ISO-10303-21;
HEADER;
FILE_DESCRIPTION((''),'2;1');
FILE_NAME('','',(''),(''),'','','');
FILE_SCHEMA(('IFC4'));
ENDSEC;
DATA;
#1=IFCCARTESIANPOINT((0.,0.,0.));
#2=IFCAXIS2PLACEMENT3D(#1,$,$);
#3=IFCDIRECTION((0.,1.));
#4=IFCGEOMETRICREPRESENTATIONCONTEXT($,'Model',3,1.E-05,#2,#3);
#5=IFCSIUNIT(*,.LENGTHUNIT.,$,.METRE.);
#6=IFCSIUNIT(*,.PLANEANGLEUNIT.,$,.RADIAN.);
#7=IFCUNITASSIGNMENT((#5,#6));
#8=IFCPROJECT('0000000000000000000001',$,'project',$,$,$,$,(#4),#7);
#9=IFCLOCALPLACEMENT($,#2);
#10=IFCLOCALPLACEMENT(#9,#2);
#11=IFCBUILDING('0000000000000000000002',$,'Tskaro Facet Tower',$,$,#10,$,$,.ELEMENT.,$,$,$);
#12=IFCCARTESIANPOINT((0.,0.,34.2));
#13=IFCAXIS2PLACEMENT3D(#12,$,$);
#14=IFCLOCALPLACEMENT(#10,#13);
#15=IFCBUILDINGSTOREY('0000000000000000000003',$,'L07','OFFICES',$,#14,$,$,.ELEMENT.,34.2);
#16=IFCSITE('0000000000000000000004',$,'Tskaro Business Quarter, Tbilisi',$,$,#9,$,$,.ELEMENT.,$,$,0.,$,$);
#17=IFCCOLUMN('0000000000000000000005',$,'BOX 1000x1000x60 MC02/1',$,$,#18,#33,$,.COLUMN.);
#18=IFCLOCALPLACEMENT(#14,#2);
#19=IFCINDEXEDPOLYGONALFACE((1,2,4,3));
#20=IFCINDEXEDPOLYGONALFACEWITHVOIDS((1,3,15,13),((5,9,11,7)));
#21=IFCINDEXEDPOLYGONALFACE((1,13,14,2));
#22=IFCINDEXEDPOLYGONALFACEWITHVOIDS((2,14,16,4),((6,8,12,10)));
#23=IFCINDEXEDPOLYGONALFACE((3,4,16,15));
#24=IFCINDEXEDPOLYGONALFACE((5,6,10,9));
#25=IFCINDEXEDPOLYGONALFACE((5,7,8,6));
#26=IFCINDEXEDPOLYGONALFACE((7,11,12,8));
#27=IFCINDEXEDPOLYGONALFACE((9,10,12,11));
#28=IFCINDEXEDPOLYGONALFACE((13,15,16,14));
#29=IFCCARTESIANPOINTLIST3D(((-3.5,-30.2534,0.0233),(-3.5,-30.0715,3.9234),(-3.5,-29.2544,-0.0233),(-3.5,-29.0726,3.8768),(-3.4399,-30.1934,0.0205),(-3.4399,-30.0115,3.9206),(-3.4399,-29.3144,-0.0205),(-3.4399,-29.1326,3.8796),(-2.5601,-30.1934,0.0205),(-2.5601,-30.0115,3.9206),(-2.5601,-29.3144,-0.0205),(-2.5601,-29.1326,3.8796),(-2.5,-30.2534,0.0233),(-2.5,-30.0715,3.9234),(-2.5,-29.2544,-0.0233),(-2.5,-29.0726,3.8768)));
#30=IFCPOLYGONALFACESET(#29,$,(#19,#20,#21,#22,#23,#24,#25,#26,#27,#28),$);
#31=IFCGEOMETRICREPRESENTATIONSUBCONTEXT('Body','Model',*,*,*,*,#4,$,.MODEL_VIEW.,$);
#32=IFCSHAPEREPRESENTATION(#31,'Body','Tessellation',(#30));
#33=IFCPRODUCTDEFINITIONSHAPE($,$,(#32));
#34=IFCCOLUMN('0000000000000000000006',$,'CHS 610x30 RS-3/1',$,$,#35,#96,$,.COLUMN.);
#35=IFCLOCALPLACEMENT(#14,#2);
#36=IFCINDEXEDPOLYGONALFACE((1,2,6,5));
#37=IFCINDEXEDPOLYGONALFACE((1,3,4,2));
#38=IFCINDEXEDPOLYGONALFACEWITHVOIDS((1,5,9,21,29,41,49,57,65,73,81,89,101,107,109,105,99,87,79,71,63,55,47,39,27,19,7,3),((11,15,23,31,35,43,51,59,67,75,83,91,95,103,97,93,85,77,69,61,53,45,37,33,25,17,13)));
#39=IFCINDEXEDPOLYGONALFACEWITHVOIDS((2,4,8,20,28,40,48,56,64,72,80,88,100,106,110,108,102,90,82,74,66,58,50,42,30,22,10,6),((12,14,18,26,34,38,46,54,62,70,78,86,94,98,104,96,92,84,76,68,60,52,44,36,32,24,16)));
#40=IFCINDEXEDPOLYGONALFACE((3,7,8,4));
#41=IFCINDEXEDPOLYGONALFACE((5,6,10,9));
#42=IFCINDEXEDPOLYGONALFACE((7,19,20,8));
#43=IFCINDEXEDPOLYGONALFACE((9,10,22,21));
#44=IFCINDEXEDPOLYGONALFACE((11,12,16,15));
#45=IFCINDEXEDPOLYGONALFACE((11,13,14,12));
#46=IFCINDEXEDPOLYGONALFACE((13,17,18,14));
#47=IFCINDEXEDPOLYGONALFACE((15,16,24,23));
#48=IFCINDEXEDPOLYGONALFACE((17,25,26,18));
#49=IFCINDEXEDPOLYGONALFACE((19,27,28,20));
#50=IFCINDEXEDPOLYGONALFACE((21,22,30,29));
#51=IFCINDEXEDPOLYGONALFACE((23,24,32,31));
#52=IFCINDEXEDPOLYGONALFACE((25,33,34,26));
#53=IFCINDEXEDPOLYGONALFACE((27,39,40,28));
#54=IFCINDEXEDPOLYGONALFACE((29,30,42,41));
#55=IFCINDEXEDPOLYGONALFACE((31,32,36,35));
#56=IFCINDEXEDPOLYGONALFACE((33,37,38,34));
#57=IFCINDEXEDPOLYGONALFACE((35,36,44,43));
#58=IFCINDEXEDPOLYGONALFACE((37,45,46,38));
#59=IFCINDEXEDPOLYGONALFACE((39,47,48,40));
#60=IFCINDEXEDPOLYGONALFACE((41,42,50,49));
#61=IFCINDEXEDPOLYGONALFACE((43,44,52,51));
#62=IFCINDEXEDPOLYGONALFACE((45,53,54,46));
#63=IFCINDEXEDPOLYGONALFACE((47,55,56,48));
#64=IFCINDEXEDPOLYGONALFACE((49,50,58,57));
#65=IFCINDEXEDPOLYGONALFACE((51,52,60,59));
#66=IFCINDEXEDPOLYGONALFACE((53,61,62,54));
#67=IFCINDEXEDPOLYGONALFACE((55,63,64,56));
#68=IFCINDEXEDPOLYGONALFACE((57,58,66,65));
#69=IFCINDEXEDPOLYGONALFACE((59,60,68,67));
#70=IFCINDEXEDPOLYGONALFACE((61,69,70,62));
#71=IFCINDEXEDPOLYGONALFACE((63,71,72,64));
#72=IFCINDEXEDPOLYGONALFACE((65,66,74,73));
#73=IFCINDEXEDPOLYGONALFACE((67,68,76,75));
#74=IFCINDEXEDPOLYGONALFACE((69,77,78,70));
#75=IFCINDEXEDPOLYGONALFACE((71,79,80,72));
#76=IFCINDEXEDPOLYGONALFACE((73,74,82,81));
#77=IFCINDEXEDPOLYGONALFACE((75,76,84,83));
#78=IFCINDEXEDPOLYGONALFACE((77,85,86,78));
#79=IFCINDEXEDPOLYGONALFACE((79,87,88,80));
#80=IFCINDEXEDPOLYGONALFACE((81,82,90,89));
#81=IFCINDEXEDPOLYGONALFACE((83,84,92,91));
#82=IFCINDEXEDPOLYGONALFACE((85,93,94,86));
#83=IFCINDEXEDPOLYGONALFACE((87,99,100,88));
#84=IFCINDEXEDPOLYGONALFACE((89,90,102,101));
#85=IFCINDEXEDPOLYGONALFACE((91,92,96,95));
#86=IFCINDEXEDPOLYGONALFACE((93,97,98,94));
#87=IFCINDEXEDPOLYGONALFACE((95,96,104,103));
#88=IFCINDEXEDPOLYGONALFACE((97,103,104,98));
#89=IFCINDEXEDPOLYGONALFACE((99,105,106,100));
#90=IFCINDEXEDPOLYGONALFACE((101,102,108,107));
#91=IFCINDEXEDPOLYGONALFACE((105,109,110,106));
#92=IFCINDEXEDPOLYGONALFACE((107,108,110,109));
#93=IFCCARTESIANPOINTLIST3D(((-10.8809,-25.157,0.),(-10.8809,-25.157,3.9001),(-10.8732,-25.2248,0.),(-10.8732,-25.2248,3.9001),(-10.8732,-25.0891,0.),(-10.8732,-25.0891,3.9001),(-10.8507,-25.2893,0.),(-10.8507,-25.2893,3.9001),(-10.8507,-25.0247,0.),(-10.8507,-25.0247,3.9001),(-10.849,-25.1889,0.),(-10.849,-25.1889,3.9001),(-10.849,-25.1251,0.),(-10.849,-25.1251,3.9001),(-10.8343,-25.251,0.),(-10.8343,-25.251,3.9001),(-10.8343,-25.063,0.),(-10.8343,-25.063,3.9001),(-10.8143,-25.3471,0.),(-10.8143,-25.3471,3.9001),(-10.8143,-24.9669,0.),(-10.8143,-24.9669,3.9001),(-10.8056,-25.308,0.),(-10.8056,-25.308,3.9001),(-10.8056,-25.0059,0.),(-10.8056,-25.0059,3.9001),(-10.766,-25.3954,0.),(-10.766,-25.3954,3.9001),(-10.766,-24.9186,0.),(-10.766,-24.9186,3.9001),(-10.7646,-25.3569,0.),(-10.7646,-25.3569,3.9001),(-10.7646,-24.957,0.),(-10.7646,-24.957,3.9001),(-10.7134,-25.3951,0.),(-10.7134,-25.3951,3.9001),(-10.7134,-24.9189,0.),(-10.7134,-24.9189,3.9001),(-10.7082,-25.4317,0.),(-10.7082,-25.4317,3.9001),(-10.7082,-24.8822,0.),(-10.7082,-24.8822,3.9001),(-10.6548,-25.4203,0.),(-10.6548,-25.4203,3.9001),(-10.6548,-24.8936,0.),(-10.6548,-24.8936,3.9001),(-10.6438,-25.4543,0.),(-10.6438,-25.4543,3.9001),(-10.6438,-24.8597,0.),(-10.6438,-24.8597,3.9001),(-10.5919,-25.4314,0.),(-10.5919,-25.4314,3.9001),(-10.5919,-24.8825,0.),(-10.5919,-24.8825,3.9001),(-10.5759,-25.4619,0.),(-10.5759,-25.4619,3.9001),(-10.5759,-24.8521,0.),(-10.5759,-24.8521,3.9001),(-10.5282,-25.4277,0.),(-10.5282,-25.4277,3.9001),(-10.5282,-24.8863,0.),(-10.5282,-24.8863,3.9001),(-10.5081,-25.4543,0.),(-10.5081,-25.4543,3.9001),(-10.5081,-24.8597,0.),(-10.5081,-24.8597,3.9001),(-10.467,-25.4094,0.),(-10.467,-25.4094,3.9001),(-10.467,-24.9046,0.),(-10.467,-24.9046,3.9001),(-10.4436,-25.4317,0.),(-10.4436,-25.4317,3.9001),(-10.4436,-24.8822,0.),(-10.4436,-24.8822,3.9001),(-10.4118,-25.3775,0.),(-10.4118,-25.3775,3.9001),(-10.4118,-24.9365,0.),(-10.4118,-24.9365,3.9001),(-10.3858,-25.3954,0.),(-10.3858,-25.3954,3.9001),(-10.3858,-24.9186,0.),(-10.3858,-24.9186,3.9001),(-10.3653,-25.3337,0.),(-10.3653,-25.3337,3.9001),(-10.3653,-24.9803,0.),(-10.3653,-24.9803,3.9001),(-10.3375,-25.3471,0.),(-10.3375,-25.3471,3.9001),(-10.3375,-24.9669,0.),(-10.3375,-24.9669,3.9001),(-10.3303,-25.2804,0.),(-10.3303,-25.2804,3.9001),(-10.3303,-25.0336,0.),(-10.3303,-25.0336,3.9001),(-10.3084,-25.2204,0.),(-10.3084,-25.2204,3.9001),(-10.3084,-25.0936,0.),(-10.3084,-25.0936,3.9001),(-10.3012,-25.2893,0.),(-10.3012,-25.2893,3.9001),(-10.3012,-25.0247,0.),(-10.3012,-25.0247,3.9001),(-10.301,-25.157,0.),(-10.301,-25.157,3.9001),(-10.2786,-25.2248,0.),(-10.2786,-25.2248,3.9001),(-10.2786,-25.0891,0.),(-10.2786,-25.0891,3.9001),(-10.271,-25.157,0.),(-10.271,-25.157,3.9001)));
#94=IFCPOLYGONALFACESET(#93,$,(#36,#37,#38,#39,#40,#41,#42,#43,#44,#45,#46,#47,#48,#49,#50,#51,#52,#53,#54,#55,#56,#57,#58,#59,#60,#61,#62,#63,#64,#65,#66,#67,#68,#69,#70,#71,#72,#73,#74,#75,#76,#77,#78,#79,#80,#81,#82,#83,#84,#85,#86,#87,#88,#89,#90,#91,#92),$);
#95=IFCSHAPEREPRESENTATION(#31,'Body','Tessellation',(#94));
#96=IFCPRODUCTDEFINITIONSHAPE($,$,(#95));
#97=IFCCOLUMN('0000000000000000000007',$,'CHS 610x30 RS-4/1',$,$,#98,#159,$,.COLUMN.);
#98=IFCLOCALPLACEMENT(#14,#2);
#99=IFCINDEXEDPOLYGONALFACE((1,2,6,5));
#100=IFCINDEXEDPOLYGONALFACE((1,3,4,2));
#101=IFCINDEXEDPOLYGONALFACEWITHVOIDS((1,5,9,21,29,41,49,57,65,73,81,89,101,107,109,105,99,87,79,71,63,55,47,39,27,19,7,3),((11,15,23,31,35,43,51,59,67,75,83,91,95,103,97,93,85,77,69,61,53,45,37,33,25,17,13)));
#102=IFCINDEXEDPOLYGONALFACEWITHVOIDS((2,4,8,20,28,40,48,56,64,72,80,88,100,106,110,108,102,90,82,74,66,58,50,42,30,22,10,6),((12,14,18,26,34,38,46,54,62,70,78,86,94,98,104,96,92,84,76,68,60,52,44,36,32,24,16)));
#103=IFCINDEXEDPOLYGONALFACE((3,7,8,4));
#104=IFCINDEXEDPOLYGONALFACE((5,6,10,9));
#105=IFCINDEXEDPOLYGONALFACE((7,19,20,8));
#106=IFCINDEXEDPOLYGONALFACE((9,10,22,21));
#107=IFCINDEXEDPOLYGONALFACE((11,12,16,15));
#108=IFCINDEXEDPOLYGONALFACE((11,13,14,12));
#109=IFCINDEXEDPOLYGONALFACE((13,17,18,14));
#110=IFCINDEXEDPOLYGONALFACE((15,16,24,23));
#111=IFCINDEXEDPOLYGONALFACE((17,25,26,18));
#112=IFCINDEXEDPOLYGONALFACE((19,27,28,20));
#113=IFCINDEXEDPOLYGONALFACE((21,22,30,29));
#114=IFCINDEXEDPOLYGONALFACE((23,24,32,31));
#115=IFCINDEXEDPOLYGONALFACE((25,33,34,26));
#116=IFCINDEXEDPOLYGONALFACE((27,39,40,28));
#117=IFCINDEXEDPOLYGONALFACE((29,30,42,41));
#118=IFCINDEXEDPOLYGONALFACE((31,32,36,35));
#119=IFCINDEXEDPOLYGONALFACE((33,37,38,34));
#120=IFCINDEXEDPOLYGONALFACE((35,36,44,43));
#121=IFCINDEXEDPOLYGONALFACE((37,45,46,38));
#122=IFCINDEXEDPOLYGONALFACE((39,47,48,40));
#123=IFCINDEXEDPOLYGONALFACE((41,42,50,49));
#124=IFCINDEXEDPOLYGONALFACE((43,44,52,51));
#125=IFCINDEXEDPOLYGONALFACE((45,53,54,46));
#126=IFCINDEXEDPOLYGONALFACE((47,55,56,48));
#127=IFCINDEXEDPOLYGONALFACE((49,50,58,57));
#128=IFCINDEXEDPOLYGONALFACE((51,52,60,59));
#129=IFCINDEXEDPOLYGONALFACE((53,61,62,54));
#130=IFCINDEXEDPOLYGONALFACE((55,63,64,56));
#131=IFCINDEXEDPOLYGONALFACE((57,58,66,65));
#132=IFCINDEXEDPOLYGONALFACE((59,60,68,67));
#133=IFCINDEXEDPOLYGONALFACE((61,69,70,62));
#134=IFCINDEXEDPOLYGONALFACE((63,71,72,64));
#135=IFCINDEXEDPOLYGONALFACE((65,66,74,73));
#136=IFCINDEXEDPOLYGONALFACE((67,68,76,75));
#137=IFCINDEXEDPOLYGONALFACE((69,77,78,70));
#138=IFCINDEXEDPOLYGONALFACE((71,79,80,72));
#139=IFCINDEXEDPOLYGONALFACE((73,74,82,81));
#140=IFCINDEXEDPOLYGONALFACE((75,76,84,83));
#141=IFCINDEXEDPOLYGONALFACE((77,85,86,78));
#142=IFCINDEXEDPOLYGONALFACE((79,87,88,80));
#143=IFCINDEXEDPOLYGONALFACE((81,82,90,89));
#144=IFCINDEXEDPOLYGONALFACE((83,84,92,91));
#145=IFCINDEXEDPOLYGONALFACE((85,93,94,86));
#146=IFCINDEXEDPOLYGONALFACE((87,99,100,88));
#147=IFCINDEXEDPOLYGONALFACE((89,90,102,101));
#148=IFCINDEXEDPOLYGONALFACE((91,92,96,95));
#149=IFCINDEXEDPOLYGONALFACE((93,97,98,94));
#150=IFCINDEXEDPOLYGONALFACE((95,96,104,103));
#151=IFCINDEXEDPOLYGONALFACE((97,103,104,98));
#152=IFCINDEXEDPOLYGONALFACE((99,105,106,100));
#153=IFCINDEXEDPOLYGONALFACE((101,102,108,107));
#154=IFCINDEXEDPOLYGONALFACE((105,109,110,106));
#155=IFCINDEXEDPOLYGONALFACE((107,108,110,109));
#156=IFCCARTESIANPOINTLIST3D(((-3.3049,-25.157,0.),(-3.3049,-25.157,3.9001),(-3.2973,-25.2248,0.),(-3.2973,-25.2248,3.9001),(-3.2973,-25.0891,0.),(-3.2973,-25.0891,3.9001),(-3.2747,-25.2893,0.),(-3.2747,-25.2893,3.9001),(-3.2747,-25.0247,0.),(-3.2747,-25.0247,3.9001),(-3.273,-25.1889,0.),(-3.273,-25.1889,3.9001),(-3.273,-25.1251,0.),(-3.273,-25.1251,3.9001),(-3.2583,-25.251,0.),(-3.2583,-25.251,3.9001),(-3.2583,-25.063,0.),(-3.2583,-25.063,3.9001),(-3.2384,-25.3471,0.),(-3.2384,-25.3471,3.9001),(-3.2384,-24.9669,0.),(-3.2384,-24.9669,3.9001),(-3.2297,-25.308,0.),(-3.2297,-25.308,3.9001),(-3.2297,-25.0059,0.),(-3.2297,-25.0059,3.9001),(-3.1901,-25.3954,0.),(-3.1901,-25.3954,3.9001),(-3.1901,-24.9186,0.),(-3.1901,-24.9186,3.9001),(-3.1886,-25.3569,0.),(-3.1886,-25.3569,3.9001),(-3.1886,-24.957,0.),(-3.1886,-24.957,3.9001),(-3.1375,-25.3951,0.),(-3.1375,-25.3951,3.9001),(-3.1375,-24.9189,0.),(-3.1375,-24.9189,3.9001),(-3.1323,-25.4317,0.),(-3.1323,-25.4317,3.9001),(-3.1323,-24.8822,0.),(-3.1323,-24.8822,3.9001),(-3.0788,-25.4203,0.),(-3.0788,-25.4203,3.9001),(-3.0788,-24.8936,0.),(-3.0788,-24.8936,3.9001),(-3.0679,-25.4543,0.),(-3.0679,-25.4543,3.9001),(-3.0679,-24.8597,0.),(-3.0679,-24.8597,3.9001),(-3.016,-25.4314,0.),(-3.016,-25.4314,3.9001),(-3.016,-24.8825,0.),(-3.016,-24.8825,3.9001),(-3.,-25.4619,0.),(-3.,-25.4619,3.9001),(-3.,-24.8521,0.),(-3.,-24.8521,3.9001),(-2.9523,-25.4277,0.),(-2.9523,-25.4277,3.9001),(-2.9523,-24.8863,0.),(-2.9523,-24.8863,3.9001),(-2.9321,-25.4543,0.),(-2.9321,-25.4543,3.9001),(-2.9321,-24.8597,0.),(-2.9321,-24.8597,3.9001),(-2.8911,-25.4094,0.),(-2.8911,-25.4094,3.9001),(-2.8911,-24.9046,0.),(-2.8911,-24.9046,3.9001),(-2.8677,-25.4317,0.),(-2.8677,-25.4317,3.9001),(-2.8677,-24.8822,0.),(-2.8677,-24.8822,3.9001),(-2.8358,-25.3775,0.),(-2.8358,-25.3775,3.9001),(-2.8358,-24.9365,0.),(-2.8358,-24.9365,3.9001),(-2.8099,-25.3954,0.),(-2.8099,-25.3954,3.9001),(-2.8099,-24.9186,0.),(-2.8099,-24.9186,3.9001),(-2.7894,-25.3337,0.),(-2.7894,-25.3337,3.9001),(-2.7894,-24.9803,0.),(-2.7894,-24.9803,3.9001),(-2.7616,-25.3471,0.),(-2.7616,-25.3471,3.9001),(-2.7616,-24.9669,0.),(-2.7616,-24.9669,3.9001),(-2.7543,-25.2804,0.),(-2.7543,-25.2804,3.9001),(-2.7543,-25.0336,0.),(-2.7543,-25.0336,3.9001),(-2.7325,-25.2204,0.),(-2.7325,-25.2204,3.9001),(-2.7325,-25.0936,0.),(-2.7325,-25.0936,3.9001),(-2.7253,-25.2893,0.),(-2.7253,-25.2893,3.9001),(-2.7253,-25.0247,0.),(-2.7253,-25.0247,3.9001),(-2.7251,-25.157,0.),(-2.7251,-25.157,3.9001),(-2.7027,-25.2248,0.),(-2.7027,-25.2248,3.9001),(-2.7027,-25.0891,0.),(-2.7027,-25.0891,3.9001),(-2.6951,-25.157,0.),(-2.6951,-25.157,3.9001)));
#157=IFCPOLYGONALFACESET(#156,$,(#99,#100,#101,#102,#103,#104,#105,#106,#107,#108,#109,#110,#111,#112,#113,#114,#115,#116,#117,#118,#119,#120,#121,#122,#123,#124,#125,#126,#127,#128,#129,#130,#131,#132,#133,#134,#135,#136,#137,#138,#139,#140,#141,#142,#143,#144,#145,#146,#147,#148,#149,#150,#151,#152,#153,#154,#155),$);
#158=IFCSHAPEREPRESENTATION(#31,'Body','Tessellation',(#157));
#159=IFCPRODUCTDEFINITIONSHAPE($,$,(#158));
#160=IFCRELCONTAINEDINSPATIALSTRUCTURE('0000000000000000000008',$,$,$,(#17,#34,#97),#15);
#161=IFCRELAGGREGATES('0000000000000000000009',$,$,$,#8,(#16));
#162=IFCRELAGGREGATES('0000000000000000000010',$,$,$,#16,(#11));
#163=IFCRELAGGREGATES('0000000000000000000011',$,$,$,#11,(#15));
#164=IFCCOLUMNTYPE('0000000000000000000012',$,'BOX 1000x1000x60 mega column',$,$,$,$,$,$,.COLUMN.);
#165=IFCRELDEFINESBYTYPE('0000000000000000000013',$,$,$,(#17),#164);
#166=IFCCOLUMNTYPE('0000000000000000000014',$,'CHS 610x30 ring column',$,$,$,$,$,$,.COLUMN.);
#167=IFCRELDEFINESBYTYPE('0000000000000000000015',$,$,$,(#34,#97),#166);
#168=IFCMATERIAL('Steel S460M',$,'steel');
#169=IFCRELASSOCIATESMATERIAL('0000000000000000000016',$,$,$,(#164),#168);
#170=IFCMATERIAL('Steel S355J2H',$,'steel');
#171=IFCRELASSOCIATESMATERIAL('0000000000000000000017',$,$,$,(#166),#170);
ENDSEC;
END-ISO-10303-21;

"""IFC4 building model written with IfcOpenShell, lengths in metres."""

from ifc_helpers import new_model, si_unit, direction, frame, origin, origin_2d, place, context, subcontext, project, spatial, hollow_rectangle, hollow_circle, extrude, material, material_profile, profile_set, type_object, element, save


model = new_model("IFC4")

# Units and contexts
model_context = context("Model", 3, precision=1e-05, world=origin(), true_north=direction((0.0, 1.0)))
body_context = subcontext(model_context, "Body", "Model", "MODEL_VIEW")
ifc_project = project(units=[si_unit("LENGTHUNIT", "METRE"), si_unit("PLANEANGLEUNIT", "RADIAN")], contexts=[model_context])

# Site, building, storey
site_placement = place(None, origin())
site = spatial("IfcSite", under=ifc_project, at=site_placement, Name="Tskaro Business Quarter, Tbilisi", CompositionType="ELEMENT", RefElevation=0.0)
building_placement = place(site_placement, origin())
building = spatial("IfcBuilding", under=site, at=building_placement, Name="Tskaro Facet Tower", CompositionType="ELEMENT")
storey_placement = place(building_placement, frame((0.0, 0.0, 34.2)))
storey = spatial("IfcBuildingStorey", under=building, at=storey_placement, Name="L07", Description="OFFICES", CompositionType="ELEMENT", Elevation=34.2)

# Columns
ifc_material_1 = material(Name="Steel S460M", Category="steel")
ifc_material_profile_1 = material_profile(ifc_material_1, hollow_rectangle(XDim=1.0, YDim=1.0, WallThickness=0.0601, at=origin_2d()), Name="BOX 1000x1000x60")
ifc_profile_set_1 = profile_set([ifc_material_profile_1], Name="Steel S460M")
column_type_1 = type_object("IfcColumnType", Name="BOX 1000x1000x60 mega column", PredefinedType="COLUMN", material=ifc_profile_set_1)
column_1_placement = place(storey_placement, frame((-3.0, -29.7539, 0.0), z_axis=(0.0, 0.046585, 0.998914), x_axis=(-1.0, 0.0, 0.0)))
element("IfcColumn", 1, at=column_1_placement, inside=storey, type_object=column_type_1, Name="BOX 1000x1000x60 MC02/1", PredefinedType="COLUMN", context=body_context, shape_type="SweptSolid", body=[
    extrude(hollow_rectangle(XDim=1.0, YDim=1.0, WallThickness=0.0601, at=origin_2d()), origin(), (0.0, 0.0, 1.0), 3.9043),
])
ifc_material_2 = material(Name="Steel S355J2H", Category="steel")
ifc_material_profile_2 = material_profile(ifc_material_2, hollow_circle(Radius=0.3049, WallThickness=0.03, at=origin_2d()), Name="CHS 610x30")
ifc_profile_set_2 = profile_set([ifc_material_profile_2], Name="Steel S355J2H")
column_type_2 = type_object("IfcColumnType", Name="CHS 610x30 ring column", PredefinedType="COLUMN", material=ifc_profile_set_2)
for number, where, z_axis, x_axis, name in (
    (2, (-10.5759, -25.157, 0.0), (0.0, 0.0, 1.0), (1.0, 0.0, 0.0), "CHS 610x30 RS-3/1"),
    (3, (-3.0, -25.157, 0.0), (0.0, 0.0, 1.0), (1.0, 0.0, 0.0), "CHS 610x30 RS-4/1"),
):
    element("IfcColumn", number, at=place(storey_placement, frame(where, z_axis=z_axis, x_axis=x_axis)), inside=storey, type_object=column_type_2, Name=name, PredefinedType="COLUMN", context=body_context, shape_type="SweptSolid", body=[
        extrude(hollow_circle(Radius=0.3049, WallThickness=0.03, at=origin_2d()), origin(), (0.0, 0.0, 1.0), 3.9001),
    ])

save(model, "model.ifc")
